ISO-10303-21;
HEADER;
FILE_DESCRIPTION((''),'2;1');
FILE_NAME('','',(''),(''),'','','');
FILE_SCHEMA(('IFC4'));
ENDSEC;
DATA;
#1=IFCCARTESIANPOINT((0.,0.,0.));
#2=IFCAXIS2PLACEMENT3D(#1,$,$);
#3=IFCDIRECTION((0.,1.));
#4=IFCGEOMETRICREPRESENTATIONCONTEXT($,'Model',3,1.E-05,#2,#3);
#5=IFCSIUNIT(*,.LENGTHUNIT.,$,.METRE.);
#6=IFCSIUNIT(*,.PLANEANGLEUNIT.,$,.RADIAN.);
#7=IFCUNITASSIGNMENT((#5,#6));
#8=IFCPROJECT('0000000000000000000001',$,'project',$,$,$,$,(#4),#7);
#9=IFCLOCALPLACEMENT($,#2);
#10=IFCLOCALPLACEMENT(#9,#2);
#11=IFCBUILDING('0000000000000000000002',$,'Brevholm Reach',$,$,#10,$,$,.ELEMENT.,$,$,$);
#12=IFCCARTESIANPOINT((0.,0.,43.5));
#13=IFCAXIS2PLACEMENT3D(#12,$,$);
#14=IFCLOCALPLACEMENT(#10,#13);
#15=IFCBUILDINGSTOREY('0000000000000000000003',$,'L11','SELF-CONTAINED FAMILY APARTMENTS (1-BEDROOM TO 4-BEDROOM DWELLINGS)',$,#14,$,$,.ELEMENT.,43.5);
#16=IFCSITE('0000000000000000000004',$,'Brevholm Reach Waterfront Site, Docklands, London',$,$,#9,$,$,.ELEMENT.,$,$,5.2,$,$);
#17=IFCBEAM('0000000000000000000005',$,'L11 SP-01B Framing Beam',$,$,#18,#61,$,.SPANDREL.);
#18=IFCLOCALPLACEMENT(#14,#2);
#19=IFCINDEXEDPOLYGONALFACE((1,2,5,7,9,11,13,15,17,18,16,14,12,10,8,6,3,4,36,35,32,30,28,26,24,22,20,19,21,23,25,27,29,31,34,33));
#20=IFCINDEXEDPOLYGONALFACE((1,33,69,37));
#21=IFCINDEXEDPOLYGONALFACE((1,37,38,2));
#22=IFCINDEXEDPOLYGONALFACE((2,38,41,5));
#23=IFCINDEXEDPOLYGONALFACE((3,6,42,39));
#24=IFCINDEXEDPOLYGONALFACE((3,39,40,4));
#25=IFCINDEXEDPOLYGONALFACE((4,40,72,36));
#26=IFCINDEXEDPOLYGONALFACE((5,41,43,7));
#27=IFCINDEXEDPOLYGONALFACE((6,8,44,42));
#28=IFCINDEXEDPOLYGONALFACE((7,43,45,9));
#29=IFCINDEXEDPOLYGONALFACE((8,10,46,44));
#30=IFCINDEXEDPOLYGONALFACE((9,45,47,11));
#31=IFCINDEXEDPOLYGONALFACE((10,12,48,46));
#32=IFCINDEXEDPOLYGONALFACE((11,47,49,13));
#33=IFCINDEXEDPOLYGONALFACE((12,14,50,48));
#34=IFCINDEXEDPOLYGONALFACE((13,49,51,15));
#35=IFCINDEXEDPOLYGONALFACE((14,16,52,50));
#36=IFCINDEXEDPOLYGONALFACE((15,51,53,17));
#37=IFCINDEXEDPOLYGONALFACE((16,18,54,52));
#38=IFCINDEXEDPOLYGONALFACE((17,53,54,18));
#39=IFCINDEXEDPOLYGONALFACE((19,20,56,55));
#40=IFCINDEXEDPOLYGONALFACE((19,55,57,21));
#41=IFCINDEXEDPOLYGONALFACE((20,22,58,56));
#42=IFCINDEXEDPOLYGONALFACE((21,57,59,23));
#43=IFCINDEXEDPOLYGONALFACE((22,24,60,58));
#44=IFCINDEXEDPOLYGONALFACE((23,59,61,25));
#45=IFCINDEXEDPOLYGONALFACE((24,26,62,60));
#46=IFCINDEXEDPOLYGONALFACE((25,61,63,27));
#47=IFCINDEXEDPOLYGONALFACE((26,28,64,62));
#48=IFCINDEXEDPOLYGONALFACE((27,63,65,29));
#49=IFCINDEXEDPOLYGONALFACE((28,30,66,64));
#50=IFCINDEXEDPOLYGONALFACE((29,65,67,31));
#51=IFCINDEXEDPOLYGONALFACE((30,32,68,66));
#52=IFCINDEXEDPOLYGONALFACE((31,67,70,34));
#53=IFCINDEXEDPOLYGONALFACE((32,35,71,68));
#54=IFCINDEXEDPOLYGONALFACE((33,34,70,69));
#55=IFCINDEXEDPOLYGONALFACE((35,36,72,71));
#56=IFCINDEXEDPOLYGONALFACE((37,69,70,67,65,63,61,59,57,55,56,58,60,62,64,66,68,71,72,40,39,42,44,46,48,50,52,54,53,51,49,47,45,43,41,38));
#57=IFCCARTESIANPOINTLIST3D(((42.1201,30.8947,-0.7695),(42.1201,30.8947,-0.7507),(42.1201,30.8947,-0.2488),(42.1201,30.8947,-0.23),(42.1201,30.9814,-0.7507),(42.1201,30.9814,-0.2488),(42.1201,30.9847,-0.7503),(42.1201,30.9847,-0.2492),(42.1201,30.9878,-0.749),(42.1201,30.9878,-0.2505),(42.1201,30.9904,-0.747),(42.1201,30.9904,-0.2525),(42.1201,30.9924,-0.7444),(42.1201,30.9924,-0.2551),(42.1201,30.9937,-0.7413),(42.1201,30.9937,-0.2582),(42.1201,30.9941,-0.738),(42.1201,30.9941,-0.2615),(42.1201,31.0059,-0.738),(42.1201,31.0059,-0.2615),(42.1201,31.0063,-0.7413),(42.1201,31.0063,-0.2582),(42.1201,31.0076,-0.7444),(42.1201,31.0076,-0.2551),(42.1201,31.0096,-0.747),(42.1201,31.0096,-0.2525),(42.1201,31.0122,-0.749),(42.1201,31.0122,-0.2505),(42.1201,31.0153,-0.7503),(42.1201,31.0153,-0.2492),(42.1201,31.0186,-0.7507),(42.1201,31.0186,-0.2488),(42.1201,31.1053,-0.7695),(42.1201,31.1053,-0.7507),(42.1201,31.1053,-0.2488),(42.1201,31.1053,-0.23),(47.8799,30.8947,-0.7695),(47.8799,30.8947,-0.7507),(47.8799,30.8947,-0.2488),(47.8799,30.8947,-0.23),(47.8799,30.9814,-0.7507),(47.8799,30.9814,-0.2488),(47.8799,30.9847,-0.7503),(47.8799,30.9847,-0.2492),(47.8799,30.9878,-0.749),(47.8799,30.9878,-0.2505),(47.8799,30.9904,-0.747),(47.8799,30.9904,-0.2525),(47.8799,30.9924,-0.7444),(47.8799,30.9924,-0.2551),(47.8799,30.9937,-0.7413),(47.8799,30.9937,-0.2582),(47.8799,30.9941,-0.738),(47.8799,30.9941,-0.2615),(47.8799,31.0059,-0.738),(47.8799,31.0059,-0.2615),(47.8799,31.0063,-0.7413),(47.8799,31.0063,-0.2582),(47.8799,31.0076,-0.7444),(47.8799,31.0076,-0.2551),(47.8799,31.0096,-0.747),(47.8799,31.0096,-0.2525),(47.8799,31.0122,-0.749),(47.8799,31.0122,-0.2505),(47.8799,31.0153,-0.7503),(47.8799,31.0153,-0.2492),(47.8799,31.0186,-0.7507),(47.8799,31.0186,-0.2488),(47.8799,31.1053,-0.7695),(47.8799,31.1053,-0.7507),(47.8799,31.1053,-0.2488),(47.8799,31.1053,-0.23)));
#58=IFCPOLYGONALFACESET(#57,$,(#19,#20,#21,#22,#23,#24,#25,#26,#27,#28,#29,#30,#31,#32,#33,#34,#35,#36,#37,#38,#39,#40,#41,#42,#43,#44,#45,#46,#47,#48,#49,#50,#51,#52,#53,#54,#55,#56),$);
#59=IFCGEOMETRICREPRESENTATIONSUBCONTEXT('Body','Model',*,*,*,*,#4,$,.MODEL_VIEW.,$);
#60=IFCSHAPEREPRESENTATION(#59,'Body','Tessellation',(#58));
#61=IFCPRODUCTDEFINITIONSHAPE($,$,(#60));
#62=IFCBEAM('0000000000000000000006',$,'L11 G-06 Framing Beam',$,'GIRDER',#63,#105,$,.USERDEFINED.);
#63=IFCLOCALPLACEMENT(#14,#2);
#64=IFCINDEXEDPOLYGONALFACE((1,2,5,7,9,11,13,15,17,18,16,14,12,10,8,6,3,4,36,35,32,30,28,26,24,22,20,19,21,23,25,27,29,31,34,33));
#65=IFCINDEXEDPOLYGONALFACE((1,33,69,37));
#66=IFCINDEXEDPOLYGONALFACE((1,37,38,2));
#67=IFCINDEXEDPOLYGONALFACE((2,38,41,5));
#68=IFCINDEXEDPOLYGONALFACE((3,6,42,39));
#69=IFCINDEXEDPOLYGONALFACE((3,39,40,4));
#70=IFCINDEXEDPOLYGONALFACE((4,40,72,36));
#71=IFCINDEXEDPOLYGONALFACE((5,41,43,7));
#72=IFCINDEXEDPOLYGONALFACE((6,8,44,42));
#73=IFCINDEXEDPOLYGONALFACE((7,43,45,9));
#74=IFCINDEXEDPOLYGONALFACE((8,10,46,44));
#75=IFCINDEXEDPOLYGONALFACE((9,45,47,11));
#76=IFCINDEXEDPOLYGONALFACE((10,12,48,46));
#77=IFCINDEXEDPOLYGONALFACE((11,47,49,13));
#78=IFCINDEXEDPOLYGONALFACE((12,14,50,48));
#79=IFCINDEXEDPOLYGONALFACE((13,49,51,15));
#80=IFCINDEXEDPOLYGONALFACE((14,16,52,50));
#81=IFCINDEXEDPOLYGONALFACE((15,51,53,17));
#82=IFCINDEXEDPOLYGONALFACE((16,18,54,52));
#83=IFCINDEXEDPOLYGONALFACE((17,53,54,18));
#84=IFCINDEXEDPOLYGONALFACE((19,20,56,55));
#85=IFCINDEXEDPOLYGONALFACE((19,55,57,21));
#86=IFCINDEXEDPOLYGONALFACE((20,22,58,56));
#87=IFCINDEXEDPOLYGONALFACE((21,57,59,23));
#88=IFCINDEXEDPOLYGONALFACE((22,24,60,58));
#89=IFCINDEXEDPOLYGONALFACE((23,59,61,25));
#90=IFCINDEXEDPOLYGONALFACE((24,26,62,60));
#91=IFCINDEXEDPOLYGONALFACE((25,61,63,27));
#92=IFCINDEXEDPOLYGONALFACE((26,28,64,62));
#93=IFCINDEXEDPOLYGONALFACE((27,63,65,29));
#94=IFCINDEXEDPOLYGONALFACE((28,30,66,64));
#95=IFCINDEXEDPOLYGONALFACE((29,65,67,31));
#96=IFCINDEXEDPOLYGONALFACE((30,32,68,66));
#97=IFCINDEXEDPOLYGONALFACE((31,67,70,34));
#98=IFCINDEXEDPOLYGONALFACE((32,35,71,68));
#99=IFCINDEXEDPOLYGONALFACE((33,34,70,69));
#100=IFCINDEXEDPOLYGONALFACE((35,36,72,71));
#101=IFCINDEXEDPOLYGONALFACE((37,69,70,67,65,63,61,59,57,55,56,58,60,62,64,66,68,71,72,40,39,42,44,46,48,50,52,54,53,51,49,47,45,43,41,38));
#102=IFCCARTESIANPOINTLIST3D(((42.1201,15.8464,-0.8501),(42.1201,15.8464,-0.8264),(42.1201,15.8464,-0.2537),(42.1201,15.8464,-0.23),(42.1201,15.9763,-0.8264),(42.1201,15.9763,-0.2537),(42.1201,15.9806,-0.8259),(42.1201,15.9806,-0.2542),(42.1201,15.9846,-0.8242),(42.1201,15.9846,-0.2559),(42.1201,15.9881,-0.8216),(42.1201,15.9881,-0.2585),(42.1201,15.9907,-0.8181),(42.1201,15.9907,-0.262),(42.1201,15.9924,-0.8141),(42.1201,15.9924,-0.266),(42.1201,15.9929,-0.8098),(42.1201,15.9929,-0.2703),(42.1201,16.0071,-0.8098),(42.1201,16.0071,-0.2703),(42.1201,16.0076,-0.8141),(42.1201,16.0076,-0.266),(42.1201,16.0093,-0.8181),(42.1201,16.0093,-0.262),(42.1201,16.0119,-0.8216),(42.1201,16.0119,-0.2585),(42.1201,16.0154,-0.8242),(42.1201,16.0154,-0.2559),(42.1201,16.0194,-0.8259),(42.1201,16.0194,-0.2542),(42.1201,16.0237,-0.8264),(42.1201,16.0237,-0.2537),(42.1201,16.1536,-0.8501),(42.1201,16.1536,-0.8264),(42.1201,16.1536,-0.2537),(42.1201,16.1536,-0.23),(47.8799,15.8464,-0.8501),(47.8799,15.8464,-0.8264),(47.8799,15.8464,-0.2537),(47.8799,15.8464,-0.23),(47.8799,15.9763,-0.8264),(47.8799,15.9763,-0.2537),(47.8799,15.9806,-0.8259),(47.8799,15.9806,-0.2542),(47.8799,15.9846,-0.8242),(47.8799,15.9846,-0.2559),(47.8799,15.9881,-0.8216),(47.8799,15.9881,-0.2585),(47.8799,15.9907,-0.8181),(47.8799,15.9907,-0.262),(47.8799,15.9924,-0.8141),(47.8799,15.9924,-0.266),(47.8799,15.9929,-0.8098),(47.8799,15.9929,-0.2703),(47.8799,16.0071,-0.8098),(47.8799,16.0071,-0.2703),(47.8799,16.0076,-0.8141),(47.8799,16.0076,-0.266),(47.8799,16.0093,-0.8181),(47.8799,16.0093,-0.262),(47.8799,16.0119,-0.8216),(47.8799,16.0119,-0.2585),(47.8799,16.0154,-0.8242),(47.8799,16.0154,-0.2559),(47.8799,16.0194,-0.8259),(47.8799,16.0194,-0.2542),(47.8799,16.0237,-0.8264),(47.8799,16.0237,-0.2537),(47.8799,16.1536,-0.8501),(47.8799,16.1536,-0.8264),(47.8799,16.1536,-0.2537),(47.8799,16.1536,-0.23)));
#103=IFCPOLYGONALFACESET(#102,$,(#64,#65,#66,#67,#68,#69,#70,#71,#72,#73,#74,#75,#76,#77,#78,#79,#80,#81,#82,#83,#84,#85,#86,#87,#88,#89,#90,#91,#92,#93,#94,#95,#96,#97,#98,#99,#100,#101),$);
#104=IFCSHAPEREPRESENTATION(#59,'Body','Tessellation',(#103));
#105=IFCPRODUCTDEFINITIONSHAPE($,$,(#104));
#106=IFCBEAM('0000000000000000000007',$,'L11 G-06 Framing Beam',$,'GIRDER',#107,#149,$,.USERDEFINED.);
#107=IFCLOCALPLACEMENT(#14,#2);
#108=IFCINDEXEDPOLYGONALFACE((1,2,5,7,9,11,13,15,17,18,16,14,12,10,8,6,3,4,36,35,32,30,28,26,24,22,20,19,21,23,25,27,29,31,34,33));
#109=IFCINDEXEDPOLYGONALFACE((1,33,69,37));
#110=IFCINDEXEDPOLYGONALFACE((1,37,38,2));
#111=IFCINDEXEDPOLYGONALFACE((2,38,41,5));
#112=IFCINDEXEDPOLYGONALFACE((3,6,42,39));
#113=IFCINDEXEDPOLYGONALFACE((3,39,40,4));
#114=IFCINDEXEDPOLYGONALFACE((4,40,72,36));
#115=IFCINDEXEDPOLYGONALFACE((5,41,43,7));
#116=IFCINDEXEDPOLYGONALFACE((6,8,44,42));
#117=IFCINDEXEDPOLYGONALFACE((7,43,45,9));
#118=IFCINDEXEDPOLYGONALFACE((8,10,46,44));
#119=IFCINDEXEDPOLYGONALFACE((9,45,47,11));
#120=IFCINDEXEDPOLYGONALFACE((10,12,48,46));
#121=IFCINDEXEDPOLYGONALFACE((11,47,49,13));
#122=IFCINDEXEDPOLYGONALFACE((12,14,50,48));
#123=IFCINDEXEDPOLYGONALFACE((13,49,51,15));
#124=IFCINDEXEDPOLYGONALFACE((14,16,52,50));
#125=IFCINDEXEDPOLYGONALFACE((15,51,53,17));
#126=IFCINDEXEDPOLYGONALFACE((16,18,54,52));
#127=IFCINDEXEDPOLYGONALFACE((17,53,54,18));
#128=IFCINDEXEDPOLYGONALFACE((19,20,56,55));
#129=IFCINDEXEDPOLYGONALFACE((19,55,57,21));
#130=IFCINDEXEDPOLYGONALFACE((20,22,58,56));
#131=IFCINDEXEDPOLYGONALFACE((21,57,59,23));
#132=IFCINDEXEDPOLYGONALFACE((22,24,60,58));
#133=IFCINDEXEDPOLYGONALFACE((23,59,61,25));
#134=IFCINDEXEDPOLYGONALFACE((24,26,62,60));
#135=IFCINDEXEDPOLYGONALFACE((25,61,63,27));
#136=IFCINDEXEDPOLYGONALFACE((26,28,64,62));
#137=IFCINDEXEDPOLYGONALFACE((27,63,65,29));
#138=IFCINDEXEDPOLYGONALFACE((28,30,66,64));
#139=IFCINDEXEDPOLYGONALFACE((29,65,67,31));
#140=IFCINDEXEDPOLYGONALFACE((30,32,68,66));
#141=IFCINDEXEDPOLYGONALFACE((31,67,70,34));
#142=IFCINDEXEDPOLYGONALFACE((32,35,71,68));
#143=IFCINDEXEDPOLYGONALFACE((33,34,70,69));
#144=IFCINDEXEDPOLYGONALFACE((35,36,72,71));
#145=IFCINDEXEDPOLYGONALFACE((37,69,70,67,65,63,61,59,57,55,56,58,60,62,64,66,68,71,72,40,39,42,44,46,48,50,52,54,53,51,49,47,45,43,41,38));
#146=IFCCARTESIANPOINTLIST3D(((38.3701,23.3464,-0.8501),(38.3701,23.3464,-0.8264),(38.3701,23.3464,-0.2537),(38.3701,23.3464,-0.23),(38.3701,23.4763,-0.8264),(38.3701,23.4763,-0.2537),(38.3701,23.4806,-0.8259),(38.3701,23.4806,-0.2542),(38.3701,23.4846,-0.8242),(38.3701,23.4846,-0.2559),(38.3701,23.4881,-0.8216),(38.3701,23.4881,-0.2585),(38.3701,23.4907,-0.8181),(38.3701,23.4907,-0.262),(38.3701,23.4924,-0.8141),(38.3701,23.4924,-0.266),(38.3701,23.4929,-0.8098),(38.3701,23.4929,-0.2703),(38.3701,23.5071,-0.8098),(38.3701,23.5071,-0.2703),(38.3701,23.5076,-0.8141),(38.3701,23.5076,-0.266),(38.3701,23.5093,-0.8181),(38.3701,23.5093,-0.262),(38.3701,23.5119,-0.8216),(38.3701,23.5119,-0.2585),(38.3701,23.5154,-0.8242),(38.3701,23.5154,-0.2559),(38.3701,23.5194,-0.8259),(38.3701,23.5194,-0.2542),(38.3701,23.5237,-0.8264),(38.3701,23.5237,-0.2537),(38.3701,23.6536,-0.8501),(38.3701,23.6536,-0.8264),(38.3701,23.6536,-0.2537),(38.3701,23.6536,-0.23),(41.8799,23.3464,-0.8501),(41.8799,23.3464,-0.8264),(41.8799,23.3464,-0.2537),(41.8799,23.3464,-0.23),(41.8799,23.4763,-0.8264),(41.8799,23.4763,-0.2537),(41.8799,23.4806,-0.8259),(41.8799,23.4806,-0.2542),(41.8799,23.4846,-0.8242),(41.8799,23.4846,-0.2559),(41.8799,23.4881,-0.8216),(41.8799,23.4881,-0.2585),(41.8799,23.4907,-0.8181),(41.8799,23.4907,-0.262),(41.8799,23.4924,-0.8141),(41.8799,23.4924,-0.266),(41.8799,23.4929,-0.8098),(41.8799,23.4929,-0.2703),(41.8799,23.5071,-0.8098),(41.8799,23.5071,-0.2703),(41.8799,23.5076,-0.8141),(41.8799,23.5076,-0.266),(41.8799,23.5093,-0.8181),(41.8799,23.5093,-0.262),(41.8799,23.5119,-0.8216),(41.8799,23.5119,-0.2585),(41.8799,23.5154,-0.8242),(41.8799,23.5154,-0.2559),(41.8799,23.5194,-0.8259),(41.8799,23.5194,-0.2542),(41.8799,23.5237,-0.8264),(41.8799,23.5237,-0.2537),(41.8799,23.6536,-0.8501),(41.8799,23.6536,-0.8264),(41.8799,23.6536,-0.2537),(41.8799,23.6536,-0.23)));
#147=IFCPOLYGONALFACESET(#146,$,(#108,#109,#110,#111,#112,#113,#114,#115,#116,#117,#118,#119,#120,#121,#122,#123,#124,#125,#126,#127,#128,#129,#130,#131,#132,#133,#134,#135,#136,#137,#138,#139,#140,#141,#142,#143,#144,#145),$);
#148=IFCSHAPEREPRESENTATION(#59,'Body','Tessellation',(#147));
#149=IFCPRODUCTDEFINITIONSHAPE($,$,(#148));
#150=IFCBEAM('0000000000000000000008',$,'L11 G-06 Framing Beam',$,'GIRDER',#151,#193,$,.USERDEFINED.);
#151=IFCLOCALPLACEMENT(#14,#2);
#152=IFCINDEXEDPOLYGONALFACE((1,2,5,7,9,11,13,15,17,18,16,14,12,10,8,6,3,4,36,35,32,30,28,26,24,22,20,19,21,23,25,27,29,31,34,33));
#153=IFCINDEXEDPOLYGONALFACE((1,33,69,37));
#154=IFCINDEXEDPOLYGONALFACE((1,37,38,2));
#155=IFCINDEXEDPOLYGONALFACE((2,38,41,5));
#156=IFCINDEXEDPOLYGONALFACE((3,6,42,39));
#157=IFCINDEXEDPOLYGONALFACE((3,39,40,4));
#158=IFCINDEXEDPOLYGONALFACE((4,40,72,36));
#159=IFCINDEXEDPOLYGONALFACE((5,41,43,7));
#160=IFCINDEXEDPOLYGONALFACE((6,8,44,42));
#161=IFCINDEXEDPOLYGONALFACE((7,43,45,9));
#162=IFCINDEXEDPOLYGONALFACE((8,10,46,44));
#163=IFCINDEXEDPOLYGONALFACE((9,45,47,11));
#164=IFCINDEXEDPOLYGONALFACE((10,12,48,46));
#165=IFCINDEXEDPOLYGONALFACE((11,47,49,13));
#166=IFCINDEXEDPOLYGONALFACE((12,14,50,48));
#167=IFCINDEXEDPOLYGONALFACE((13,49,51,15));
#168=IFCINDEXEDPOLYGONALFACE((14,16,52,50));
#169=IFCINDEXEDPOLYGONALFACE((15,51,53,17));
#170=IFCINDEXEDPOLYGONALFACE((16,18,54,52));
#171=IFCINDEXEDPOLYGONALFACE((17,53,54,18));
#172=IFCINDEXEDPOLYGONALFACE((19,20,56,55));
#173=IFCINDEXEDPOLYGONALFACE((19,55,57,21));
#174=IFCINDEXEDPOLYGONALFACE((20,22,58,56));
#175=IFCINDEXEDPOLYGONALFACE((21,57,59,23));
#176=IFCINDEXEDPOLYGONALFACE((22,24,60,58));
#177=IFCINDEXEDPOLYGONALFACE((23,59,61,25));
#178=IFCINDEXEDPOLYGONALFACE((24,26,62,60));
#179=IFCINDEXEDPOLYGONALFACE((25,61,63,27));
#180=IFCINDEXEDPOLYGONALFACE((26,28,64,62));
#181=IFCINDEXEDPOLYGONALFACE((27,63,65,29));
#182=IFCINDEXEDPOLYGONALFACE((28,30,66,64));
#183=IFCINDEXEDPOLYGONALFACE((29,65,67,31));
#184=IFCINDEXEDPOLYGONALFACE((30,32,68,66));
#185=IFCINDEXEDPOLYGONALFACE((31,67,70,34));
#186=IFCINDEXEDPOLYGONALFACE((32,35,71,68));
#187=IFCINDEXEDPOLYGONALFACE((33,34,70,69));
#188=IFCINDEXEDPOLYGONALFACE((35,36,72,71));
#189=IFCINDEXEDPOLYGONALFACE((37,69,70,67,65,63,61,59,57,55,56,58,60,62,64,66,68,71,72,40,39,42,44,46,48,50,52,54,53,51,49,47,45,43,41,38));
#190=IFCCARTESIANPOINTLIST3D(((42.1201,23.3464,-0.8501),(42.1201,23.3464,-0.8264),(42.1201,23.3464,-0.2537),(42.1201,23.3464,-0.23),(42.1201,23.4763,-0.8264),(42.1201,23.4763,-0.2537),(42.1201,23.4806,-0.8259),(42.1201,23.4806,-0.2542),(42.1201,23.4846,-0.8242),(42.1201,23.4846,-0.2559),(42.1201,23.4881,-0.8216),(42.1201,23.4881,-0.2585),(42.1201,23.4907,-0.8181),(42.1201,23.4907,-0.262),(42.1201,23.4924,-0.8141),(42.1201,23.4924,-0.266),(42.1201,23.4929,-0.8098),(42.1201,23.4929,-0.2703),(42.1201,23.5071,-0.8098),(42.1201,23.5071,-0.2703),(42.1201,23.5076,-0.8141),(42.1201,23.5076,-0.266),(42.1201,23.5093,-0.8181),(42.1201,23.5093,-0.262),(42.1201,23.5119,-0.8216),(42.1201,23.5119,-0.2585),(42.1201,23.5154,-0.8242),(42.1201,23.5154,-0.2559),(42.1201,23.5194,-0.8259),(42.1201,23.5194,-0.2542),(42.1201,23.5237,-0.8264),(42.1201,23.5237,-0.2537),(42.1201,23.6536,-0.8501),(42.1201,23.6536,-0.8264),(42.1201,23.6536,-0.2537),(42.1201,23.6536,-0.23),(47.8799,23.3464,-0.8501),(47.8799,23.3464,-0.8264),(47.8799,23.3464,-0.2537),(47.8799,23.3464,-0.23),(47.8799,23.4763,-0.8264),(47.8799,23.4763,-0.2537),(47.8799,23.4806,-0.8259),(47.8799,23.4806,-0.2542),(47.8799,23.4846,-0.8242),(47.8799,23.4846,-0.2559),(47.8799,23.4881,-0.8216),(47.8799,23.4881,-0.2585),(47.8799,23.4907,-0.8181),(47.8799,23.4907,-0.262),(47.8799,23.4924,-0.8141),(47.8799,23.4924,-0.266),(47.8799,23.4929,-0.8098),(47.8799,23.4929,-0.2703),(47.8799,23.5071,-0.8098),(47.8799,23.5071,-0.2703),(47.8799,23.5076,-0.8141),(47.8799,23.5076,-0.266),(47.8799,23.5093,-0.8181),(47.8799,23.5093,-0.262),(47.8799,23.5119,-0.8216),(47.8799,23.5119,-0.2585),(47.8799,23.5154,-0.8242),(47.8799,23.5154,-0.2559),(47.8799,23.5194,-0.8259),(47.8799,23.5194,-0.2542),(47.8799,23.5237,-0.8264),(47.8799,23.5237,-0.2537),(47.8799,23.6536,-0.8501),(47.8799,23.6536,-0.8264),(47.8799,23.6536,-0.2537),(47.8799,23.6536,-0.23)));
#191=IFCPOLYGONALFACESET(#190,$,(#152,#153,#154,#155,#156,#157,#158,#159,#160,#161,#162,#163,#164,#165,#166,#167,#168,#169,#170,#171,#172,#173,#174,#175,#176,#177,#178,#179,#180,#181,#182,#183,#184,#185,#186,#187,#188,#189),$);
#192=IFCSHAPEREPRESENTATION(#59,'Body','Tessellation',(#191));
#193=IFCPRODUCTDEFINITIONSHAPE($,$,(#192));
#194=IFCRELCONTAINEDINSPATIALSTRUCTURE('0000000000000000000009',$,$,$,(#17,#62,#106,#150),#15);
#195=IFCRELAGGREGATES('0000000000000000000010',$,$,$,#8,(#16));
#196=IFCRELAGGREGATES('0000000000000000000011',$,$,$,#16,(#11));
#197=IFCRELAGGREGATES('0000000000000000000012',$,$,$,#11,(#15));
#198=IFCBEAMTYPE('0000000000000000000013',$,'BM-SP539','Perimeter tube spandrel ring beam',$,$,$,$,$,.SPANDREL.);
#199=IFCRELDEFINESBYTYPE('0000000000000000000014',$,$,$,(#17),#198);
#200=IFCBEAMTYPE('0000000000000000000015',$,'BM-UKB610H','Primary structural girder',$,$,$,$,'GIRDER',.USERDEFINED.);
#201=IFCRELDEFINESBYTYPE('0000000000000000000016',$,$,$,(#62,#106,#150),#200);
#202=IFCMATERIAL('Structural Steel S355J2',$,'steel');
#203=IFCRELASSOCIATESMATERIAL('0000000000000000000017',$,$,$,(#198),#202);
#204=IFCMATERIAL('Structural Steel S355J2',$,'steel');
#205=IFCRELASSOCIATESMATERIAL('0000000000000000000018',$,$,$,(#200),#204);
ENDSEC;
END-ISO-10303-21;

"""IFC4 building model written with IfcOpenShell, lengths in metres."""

from ifc_helpers import new_model, si_unit, direction, frame, origin, origin_2d, place, context, subcontext, project, spatial, i_section, extrude, material, material_profile, profile_set, type_object, element, save


model = new_model("IFC4")

# Units and contexts
model_context = context("Model", 3, precision=1e-05, world=origin(), true_north=direction((0.0, 1.0)))
body_context = subcontext(model_context, "Body", "Model", "MODEL_VIEW")
ifc_project = project(units=[si_unit("LENGTHUNIT", "METRE"), si_unit("PLANEANGLEUNIT", "RADIAN")], contexts=[model_context])

# Site, building, storey
site_placement = place(None, origin())
site = spatial("IfcSite", under=ifc_project, at=site_placement, Name="Brevholm Reach Waterfront Site, Docklands, London", CompositionType="ELEMENT", RefElevation=5.2)
building_placement = place(site_placement, origin())
building = spatial("IfcBuilding", under=site, at=building_placement, Name="Brevholm Reach", CompositionType="ELEMENT")
storey_placement = place(building_placement, frame((0.0, 0.0, 43.5)))
storey = spatial("IfcBuildingStorey", under=building, at=storey_placement, Name="L11", Description="SELF-CONTAINED FAMILY APARTMENTS (1-BEDROOM TO 4-BEDROOM DWELLINGS)", CompositionType="ELEMENT", Elevation=43.5)

# Beams
ifc_material_1 = material(Name="Structural Steel S355J2", Category="steel")
ifc_material_profile_1 = material_profile(ifc_material_1, i_section(OverallWidth=0.2107, OverallDepth=0.5396, WebThickness=0.0117, FlangeThickness=0.0188, FilletRadius=0.0127, at=origin_2d()), Name="UKB 533x210x109")
ifc_profile_set_1 = profile_set([ifc_material_profile_1], Name="Structural Steel S355J2")
beam_type_1 = type_object("IfcBeamType", Name="BM-SP539", Description="Perimeter tube spandrel ring beam", PredefinedType="SPANDREL", material=ifc_profile_set_1)
beam_1_placement = place(storey_placement, frame((42.1201, 31.0, -0.4998), z_axis=(1.0, 0.0, 0.0), x_axis=(0.0, 1.0, 0.0)))
element("IfcBeam", 1, at=beam_1_placement, inside=storey, type_object=beam_type_1, Name="L11 SP-01B Framing Beam", PredefinedType="SPANDREL", context=body_context, shape_type="SweptSolid", body=[
    extrude(i_section(OverallWidth=0.2107, OverallDepth=0.5396, WebThickness=0.0117, FlangeThickness=0.0188, FilletRadius=0.0127, at=origin_2d()), origin(), (0.0, 0.0, 1.0), 5.7598),
])
ifc_material_2 = material(Name="Structural Steel S355J2", Category="steel")
ifc_material_profile_2 = material_profile(ifc_material_2, i_section(OverallWidth=0.3071, OverallDepth=0.6201, WebThickness=0.0142, FlangeThickness=0.0237, FilletRadius=0.0166, at=origin_2d()), Name="UKB 610x305x179")
ifc_profile_set_2 = profile_set([ifc_material_profile_2], Name="Structural Steel S355J2")
beam_type_2 = type_object("IfcBeamType", Name="BM-UKB610H", Description="Primary structural girder", ElementType="GIRDER", PredefinedType="USERDEFINED", material=ifc_profile_set_2)
beam_2_placement = place(storey_placement, frame((42.1201, 16.0, -0.54), z_axis=(1.0, 0.0, 0.0), x_axis=(0.0, 1.0, 0.0)))
element("IfcBeam", 2, at=beam_2_placement, inside=storey, type_object=beam_type_2, Name="L11 G-06 Framing Beam", ObjectType="GIRDER", PredefinedType="USERDEFINED", context=body_context, shape_type="SweptSolid", body=[
    extrude(i_section(OverallWidth=0.3071, OverallDepth=0.6201, WebThickness=0.0142, FlangeThickness=0.0237, FilletRadius=0.0166, at=origin_2d()), origin(), (0.0, 0.0, 1.0), 5.7598),
])
beam_3_placement = place(storey_placement, frame((38.3701, 23.5, -0.54), z_axis=(1.0, 0.0, 0.0), x_axis=(0.0, 1.0, 0.0)))
element("IfcBeam", 3, at=beam_3_placement, inside=storey, type_object=beam_type_2, Name="L11 G-06 Framing Beam", ObjectType="GIRDER", PredefinedType="USERDEFINED", context=body_context, shape_type="SweptSolid", body=[
    extrude(i_section(OverallWidth=0.3071, OverallDepth=0.6201, WebThickness=0.0142, FlangeThickness=0.0237, FilletRadius=0.0166, at=origin_2d()), origin(), (0.0, 0.0, 1.0), 3.5098),
])
beam_4_placement = place(storey_placement, frame((42.1201, 23.5, -0.54), z_axis=(1.0, 0.0, 0.0), x_axis=(0.0, 1.0, 0.0)))
element("IfcBeam", 4, at=beam_4_placement, inside=storey, type_object=beam_type_2, Name="L11 G-06 Framing Beam", ObjectType="GIRDER", PredefinedType="USERDEFINED", context=body_context, shape_type="SweptSolid", body=[
    extrude(i_section(OverallWidth=0.3071, OverallDepth=0.6201, WebThickness=0.0142, FlangeThickness=0.0237, FilletRadius=0.0166, at=origin_2d()), origin(), (0.0, 0.0, 1.0), 5.7598),
])

save(model, "model.ifc")
